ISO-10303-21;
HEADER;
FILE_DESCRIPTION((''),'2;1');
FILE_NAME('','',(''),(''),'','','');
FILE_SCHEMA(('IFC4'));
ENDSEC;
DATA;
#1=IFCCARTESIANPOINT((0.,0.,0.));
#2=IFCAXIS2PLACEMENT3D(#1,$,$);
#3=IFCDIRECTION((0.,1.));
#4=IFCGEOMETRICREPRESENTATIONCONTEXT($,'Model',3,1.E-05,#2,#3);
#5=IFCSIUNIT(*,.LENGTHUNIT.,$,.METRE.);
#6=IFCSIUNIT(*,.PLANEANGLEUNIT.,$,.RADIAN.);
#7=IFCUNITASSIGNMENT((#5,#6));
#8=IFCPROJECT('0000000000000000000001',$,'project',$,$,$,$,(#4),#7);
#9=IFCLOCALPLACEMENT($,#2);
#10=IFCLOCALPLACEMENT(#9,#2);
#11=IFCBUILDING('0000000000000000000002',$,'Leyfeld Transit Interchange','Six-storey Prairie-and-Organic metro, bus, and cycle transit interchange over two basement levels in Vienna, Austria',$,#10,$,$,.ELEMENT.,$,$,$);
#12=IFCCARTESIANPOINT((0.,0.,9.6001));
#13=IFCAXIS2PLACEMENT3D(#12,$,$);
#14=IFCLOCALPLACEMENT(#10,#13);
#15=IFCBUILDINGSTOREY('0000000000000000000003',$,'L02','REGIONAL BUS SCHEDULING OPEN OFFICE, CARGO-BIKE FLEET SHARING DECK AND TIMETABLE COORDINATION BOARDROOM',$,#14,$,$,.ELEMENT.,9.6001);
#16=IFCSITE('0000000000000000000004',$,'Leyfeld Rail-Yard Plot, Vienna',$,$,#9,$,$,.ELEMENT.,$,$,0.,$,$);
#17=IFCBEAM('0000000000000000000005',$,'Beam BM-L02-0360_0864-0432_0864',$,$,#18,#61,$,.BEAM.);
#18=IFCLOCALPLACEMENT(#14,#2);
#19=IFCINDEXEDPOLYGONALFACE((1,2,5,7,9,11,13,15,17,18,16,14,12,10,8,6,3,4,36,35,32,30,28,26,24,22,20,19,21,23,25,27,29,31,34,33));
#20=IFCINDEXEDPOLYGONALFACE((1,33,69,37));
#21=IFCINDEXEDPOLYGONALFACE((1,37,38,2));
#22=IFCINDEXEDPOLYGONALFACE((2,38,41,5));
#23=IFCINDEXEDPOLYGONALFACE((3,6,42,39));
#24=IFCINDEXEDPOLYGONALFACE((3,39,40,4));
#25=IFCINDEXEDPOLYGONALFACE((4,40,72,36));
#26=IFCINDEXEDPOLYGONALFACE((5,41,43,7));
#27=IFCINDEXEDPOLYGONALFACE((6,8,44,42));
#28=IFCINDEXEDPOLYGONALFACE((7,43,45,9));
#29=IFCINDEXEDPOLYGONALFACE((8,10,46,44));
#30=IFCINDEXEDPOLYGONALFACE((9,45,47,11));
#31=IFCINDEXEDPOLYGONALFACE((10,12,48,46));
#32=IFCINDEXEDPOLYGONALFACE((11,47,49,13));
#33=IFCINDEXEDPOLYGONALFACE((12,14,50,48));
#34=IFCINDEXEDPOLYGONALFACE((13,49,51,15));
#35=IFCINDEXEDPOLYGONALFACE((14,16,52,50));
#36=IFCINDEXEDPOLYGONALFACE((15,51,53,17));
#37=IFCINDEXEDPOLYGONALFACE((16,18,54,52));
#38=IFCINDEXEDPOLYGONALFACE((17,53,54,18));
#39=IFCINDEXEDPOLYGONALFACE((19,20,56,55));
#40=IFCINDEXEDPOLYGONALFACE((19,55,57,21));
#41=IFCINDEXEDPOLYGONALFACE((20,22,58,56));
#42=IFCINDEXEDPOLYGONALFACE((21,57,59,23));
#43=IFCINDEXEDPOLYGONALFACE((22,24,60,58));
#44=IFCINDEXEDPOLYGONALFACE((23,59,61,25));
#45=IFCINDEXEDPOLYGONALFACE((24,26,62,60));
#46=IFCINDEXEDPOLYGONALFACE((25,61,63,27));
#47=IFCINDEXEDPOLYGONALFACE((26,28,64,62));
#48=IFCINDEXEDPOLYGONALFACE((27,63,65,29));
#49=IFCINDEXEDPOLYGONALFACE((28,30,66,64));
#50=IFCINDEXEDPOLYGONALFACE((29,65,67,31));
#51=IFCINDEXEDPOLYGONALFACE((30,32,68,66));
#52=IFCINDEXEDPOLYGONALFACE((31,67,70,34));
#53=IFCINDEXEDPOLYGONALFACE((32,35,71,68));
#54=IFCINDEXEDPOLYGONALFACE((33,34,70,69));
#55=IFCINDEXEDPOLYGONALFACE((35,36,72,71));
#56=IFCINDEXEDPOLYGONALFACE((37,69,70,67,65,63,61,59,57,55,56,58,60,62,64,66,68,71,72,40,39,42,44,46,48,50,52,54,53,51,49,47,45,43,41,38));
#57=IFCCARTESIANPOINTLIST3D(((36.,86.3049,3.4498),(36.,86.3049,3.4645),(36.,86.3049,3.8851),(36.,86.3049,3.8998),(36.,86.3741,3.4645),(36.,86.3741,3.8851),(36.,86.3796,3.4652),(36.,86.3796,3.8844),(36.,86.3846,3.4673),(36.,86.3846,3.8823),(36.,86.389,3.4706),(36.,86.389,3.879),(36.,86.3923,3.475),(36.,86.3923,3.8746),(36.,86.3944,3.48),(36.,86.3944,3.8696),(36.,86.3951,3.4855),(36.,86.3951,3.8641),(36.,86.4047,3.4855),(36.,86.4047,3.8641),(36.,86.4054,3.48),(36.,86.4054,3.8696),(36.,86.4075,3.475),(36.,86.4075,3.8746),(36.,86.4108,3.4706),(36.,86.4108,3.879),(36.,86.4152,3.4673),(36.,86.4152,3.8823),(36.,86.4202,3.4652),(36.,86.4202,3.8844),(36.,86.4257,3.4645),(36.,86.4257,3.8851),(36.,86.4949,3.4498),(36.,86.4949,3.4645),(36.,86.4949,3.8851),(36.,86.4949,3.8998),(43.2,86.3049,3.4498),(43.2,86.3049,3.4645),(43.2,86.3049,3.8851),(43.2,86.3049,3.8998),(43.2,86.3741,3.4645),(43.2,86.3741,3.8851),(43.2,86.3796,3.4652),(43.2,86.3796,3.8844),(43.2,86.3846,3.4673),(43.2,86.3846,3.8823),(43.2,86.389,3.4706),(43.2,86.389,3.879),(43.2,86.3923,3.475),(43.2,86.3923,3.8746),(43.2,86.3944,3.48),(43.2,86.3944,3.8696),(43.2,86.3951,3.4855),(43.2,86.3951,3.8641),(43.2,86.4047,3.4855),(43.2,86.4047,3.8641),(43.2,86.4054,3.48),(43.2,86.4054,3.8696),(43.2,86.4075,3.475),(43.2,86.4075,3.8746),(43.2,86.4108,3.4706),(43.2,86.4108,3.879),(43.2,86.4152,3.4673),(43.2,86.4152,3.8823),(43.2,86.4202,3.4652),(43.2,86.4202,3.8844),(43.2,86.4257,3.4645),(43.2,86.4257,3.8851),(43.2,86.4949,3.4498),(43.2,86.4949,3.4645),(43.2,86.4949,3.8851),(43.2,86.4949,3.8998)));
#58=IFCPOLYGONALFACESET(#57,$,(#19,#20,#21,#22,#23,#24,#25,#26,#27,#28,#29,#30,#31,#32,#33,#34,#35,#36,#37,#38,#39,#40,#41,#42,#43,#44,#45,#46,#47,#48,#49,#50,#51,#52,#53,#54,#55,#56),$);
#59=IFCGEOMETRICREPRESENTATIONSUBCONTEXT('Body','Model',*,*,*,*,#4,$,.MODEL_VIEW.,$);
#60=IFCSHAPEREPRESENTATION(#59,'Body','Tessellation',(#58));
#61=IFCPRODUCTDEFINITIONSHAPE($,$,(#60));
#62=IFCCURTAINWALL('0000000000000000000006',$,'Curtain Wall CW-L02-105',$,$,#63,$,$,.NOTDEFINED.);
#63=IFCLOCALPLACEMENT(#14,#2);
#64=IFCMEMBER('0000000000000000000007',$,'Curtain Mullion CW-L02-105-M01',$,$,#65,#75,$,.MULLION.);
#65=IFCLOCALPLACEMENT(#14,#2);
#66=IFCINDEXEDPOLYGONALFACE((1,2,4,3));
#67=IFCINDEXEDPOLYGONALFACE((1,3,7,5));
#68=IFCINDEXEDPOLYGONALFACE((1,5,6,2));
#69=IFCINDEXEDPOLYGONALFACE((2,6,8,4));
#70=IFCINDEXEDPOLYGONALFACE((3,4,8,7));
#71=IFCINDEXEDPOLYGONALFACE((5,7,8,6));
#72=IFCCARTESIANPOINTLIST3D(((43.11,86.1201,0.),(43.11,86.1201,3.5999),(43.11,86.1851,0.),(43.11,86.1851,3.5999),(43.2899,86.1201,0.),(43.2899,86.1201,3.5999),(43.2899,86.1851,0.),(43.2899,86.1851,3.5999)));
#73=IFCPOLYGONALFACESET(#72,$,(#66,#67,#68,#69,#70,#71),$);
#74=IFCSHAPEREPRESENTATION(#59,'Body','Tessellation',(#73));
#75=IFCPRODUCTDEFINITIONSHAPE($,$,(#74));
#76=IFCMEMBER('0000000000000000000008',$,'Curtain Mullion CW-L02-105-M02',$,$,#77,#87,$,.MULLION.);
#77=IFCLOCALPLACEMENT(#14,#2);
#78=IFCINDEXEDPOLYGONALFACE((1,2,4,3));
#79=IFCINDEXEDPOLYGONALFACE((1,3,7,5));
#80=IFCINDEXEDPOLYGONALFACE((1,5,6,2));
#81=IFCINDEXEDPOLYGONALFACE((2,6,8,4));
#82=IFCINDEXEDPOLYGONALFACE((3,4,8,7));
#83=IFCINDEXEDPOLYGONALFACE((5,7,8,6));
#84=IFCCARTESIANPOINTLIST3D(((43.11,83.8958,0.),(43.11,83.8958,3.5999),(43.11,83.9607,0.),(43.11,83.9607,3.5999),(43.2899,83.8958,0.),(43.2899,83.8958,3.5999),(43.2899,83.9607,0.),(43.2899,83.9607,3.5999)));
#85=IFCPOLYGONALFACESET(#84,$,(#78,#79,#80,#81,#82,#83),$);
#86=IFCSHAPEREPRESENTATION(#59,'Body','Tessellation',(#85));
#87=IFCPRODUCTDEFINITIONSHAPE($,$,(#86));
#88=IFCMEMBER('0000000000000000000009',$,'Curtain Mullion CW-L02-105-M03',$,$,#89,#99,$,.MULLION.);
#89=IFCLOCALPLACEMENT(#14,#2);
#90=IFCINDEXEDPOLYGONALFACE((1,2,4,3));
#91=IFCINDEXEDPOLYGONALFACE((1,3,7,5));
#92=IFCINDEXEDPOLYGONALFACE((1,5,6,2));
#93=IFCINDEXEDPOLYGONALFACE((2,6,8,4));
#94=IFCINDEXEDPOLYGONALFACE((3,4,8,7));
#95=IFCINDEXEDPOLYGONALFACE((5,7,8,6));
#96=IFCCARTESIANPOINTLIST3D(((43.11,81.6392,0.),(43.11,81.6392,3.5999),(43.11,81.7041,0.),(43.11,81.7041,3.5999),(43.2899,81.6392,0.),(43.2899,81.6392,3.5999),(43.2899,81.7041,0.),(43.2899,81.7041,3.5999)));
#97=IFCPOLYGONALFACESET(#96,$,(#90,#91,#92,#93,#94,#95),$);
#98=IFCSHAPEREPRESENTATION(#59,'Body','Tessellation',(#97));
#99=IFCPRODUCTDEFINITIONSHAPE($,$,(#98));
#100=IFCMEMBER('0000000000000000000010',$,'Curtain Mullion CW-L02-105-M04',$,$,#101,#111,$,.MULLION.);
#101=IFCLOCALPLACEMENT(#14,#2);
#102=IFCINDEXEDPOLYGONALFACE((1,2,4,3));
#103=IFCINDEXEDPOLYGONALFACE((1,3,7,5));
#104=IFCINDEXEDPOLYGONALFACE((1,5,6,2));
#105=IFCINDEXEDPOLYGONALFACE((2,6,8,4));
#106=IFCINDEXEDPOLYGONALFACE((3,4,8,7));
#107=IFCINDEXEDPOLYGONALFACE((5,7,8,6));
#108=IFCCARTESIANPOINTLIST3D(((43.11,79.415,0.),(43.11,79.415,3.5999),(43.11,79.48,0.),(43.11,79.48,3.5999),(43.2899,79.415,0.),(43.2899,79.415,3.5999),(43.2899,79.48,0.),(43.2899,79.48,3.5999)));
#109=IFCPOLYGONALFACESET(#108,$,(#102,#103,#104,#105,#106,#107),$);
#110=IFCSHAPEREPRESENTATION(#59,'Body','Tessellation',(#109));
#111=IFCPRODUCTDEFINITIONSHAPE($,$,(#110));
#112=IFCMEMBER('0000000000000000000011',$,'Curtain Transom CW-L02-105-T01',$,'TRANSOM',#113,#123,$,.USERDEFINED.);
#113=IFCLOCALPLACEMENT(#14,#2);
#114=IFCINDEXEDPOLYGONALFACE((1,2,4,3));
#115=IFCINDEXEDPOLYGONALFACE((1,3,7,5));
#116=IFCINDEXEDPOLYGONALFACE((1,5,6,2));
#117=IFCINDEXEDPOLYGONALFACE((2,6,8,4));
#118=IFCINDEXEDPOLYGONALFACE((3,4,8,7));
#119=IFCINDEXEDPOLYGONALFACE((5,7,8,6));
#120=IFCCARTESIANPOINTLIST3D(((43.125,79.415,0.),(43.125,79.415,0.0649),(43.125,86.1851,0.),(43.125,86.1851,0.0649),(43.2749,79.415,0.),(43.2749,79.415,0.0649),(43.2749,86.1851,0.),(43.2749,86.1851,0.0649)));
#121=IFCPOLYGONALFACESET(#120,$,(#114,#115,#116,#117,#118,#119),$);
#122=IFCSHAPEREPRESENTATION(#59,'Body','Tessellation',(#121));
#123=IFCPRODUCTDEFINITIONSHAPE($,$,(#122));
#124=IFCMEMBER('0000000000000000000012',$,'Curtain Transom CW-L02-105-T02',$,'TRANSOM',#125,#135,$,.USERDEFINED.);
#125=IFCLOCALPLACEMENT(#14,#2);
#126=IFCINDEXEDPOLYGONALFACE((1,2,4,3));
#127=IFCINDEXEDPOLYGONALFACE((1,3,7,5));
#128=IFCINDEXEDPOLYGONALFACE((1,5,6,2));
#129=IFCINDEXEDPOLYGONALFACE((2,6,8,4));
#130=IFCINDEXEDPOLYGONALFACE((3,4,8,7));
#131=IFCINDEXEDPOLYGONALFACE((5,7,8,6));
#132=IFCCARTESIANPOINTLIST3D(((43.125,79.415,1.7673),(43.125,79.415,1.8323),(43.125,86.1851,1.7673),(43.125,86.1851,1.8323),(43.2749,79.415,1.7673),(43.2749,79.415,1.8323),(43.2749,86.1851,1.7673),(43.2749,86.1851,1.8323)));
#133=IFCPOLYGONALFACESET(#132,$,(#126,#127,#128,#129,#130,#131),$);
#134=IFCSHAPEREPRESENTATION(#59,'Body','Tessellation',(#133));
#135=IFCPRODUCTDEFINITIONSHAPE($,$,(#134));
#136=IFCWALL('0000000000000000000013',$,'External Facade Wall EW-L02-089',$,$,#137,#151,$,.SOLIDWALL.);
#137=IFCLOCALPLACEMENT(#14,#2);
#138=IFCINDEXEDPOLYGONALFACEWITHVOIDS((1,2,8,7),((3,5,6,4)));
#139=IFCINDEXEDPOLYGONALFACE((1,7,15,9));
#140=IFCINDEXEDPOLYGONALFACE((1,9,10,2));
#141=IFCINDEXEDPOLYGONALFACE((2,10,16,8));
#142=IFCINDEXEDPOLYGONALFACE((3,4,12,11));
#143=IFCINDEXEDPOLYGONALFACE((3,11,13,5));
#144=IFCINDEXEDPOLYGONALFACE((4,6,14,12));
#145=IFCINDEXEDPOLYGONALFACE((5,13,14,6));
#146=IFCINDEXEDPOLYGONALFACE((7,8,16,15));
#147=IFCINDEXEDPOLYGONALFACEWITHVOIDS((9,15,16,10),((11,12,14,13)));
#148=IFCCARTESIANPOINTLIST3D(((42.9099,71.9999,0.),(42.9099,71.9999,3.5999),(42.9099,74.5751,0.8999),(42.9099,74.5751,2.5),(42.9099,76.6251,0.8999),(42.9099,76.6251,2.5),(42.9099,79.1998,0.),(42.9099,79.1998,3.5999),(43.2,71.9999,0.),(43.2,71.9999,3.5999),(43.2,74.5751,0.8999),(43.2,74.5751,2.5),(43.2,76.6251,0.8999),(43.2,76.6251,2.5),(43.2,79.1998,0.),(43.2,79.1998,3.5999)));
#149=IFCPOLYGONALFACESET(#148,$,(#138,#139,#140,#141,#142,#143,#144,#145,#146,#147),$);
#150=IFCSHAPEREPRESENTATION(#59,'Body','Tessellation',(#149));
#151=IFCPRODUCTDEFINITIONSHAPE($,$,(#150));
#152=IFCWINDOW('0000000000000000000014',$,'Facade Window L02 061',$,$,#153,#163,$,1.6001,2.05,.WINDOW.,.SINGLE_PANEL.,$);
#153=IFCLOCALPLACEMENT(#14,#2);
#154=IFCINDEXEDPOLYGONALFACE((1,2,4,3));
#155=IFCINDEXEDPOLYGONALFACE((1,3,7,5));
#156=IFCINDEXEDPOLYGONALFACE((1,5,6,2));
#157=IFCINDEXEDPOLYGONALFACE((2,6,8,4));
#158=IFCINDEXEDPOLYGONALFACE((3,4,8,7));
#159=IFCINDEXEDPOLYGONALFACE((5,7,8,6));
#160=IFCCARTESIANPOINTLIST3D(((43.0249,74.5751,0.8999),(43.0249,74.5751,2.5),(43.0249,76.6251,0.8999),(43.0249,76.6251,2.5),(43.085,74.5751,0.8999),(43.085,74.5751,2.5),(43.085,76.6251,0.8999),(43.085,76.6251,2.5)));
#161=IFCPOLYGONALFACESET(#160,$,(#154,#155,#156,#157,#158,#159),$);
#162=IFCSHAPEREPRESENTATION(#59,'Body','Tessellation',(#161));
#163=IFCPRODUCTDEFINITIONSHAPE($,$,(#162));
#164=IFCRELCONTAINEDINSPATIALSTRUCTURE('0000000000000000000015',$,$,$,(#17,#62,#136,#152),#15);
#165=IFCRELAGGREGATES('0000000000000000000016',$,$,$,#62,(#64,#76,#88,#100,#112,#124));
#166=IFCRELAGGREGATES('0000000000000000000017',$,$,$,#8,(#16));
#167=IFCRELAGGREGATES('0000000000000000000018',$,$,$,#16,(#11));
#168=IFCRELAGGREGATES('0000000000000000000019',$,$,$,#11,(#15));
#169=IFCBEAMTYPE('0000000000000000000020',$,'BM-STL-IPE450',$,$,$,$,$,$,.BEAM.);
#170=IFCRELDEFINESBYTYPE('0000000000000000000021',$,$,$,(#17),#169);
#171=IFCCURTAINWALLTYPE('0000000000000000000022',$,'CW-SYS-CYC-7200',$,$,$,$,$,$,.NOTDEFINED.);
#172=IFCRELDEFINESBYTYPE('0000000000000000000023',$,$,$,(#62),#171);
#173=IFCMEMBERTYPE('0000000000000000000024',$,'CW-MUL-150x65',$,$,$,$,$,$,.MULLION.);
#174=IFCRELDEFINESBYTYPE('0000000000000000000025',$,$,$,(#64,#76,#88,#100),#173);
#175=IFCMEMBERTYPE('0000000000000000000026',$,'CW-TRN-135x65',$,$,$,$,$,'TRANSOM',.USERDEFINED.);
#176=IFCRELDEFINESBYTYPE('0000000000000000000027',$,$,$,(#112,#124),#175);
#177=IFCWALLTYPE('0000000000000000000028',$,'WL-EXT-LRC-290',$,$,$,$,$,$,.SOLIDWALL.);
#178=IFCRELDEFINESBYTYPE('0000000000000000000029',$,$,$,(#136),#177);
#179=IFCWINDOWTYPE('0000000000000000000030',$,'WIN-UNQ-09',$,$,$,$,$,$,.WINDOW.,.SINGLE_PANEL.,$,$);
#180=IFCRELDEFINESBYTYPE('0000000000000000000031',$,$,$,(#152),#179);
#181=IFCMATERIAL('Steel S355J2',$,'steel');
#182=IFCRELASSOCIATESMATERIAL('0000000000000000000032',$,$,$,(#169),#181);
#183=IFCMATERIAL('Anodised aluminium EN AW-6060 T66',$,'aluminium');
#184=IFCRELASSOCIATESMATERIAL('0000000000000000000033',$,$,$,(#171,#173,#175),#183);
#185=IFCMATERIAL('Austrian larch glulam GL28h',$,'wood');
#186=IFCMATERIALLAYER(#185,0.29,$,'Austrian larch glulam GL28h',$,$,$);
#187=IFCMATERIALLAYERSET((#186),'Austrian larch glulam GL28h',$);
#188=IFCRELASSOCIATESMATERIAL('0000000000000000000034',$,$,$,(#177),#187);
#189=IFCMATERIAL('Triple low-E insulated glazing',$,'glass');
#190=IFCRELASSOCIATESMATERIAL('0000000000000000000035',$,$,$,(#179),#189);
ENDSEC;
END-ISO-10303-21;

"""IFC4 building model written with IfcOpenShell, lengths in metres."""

from ifc_helpers import new_model, si_unit, direction, frame, frame_2d, origin, origin_2d, place, context, subcontext, project, spatial, rectangle, i_section, extrude, material, layer, layer_set, material_profile, profile_set, type_object, element, fill, aggregate, save


model = new_model("IFC4")

# Units and contexts
model_context = context("Model", 3, precision=1e-05, world=origin(), true_north=direction((0.0, 1.0)))
body_context = subcontext(model_context, "Body", "Model", "MODEL_VIEW")
ifc_project = project(units=[si_unit("LENGTHUNIT", "METRE"), si_unit("PLANEANGLEUNIT", "RADIAN")], contexts=[model_context])

# Site, building, storey
site_placement = place(None, origin())
site = spatial("IfcSite", under=ifc_project, at=site_placement, Name="Leyfeld Rail-Yard Plot, Vienna", CompositionType="ELEMENT", RefElevation=0.0)
building_placement = place(site_placement, origin())
building = spatial("IfcBuilding", under=site, at=building_placement, Name="Leyfeld Transit Interchange", Description="Six-storey Prairie-and-Organic metro, bus, and cycle transit interchange over two basement levels in Vienna, Austria", CompositionType="ELEMENT")
storey_placement = place(building_placement, frame((0.0, 0.0, 9.6001)))
storey = spatial("IfcBuildingStorey", under=building, at=storey_placement, Name="L02", Description="REGIONAL BUS SCHEDULING OPEN OFFICE, CARGO-BIKE FLEET SHARING DECK AND TIMETABLE COORDINATION BOARDROOM", CompositionType="ELEMENT", Elevation=9.6001)

# Beam
ifc_material_1 = material(Name="Steel S355J2", Category="steel")
ifc_material_profile_1 = material_profile(ifc_material_1, i_section(OverallWidth=0.1899, OverallDepth=0.45, WebThickness=0.0095, FlangeThickness=0.0146, FilletRadius=0.021, at=origin_2d()), Name="IPE 450")
ifc_profile_set_1 = profile_set([ifc_material_profile_1], Name="Steel S355J2")
beam_type_1 = type_object("IfcBeamType", Name="BM-STL-IPE450", PredefinedType="BEAM", material=ifc_profile_set_1)
for number, where, z_axis, x_axis, name in (
    (1, (36.0, 86.3999, 3.6748), (1.0, 0.0, 0.0), (0.0, 1.0, 0.0), "Beam BM-L02-0360_0864-0432_0864"),
):
    element("IfcBeam", number, at=place(storey_placement, frame(where, z_axis=z_axis, x_axis=x_axis)), inside=storey, type_object=beam_type_1, Name=name, PredefinedType="BEAM", context=body_context, shape_type="SweptSolid", body=[
        extrude(i_section(OverallWidth=0.1899, OverallDepth=0.45, WebThickness=0.0095, FlangeThickness=0.0146, FilletRadius=0.021, at=origin_2d()), origin(), (0.0, 0.0, 1.0), 7.2),
    ])

# Curtain wall, members
ifc_material_2 = material(Name="Anodised aluminium EN AW-6060 T66", Category="aluminium")
curtain_wall_type = type_object("IfcCurtainWallType", Name="CW-SYS-CYC-7200", PredefinedType="NOTDEFINED", material=ifc_material_2)
curtain_wall_placement = place(storey_placement, origin())
curtain_wall = element("IfcCurtainWall", 2, at=curtain_wall_placement, inside=storey, type_object=curtain_wall_type, Name="Curtain Wall CW-L02-105", PredefinedType="NOTDEFINED")
ifc_material_profile_2 = material_profile(ifc_material_2, rectangle(XDim=0.0649, YDim=0.1799, at=origin_2d()), Name="CW-M 65x180")
ifc_profile_set_2 = profile_set([ifc_material_profile_2], Name="Anodised aluminium EN AW-6060 T66")
member_type_1 = type_object("IfcMemberType", Name="CW-MUL-150x65", PredefinedType="MULLION", material=ifc_profile_set_2)
member_1_placement = place(storey_placement, frame((43.2, 86.1526, 0.0), z_axis=(0.0, 0.0, 1.0), x_axis=(0.0, -1.0, 0.0)))
member_1 = element("IfcMember", 3, at=member_1_placement, type_object=member_type_1, Name="Curtain Mullion CW-L02-105-M01", PredefinedType="MULLION", context=body_context, shape_type="SweptSolid", body=[
    extrude(rectangle(XDim=0.0649, YDim=0.1799, at=origin_2d()), origin(), (0.0, 0.0, 1.0), 3.5999),
])
member_2_placement = place(storey_placement, frame((43.2, 83.9282, 0.0), z_axis=(0.0, 0.0, 1.0), x_axis=(0.0, -1.0, 0.0)))
member_2 = element("IfcMember", 4, at=member_2_placement, type_object=member_type_1, Name="Curtain Mullion CW-L02-105-M02", PredefinedType="MULLION", context=body_context, shape_type="SweptSolid", body=[
    extrude(rectangle(XDim=0.0649, YDim=0.1799, at=origin_2d()), origin(), (0.0, 0.0, 1.0), 3.5999),
])
member_3_placement = place(storey_placement, frame((43.2, 81.6716, 0.0), z_axis=(0.0, 0.0, 1.0), x_axis=(0.0, -1.0, 0.0)))
member_3 = element("IfcMember", 5, at=member_3_placement, type_object=member_type_1, Name="Curtain Mullion CW-L02-105-M03", PredefinedType="MULLION", context=body_context, shape_type="SweptSolid", body=[
    extrude(rectangle(XDim=0.0649, YDim=0.1799, at=origin_2d()), origin(), (0.0, 0.0, 1.0), 3.5999),
])
member_4_placement = place(storey_placement, frame((43.2, 79.4475, 0.0), z_axis=(0.0, 0.0, 1.0), x_axis=(0.0, -1.0, 0.0)))
member_4 = element("IfcMember", 6, at=member_4_placement, type_object=member_type_1, Name="Curtain Mullion CW-L02-105-M04", PredefinedType="MULLION", context=body_context, shape_type="SweptSolid", body=[
    extrude(rectangle(XDim=0.0649, YDim=0.1799, at=origin_2d()), origin(), (0.0, 0.0, 1.0), 3.5999),
])
ifc_material_profile_3 = material_profile(ifc_material_2, rectangle(XDim=0.1499, YDim=0.0649, at=origin_2d()), Name="CW-TRN-135x65")
ifc_profile_set_3 = profile_set([ifc_material_profile_3], Name="Anodised aluminium EN AW-6060 T66")
member_type_2 = type_object("IfcMemberType", Name="CW-TRN-135x65", ElementType="TRANSOM", PredefinedType="USERDEFINED", material=ifc_profile_set_3)
member_5_placement = place(storey_placement, frame((43.2, 86.1851, 0.0325), z_axis=(0.0, -1.0, 0.0), x_axis=(1.0, 0.0, 0.0)))
member_5 = element("IfcMember", 7, at=member_5_placement, type_object=member_type_2, Name="Curtain Transom CW-L02-105-T01", ObjectType="TRANSOM", PredefinedType="USERDEFINED", context=body_context, shape_type="SweptSolid", body=[
    extrude(rectangle(XDim=0.1499, YDim=0.0649, at=origin_2d()), origin(), (0.0, 0.0, 1.0), 6.77),
])
member_6_placement = place(storey_placement, frame((43.2, 86.1851, 1.7998), z_axis=(0.0, -1.0, 0.0), x_axis=(1.0, 0.0, 0.0)))
member_6 = element("IfcMember", 8, at=member_6_placement, type_object=member_type_2, Name="Curtain Transom CW-L02-105-T02", ObjectType="TRANSOM", PredefinedType="USERDEFINED", context=body_context, shape_type="SweptSolid", body=[
    extrude(rectangle(XDim=0.1499, YDim=0.0649, at=origin_2d()), origin(), (0.0, 0.0, 1.0), 6.77),
])
aggregate(curtain_wall, [member_1, member_2, member_3, member_4, member_5, member_6])

# Wall, opening, window
ifc_material_3 = material(Name="Austrian larch glulam GL28h", Category="wood")
ifc_layer_1 = layer(ifc_material_3, 0.29, Name="Austrian larch glulam GL28h")
ifc_layer_set_1 = layer_set([ifc_layer_1], Name="Austrian larch glulam GL28h")
wall_type_1 = type_object("IfcWallType", Name="WL-EXT-LRC-290", PredefinedType="SOLIDWALL", material=ifc_layer_set_1)
wall_1_placement = place(storey_placement, frame((43.0549, 79.2, 0.0), z_axis=(0.0, 0.0, 1.0), x_axis=(0.0, -1.0, 0.0)))
wall_1 = element("IfcWall", 9, at=wall_1_placement, inside=storey, type_object=wall_type_1, Name="External Facade Wall EW-L02-089", PredefinedType="SOLIDWALL", context=body_context, shape_type="SweptSolid", body=[
    extrude(rectangle(XDim=7.2, YDim=0.29, at=frame_2d((3.6001, 0.0))), origin(), (0.0, 0.0, 1.0), 3.5999),
])
opening_1_placement = place(wall_1_placement, frame((2.575, 0.0, 0.8999)))
opening_1 = element("IfcOpeningElement", 10, at=opening_1_placement, cuts=wall_1, PredefinedType="OPENING", context=body_context, shape_type="SweptSolid", body=[
    extrude(rectangle(XDim=2.05, YDim=1.6001, at=frame_2d((1.0249, 0.8))), frame((0.0, 0.155, 0.0), z_axis=(0.0, -1.0, 0.0), x_axis=(1.0, 0.0, 0.0)), (0.0, 0.0, 1.0), 0.3101),
])
ifc_material_4 = material(Name="Triple low-E insulated glazing", Category="glass")
window_type = type_object("IfcWindowType", Name="WIN-UNQ-09", PartitioningType="SINGLE_PANEL", PredefinedType="WINDOW", material=ifc_material_4)
window_placement = place(opening_1_placement, origin())
window = element("IfcWindow", 11, at=window_placement, inside=storey, type_object=window_type, Name="Facade Window L02 061", OverallHeight=1.6001, OverallWidth=2.05, PartitioningType="SINGLE_PANEL", PredefinedType="WINDOW", context=body_context, shape_type="SweptSolid", body=[
    extrude(rectangle(XDim=2.05, YDim=1.6001, at=frame_2d((1.0249, 0.8))), frame((0.0, 0.03, 0.0), z_axis=(0.0, -1.0, 0.0), x_axis=(1.0, 0.0, 0.0)), (0.0, 0.0, 1.0), 0.0601),
])
fill(opening_1, window)

save(model, "model.ifc")
